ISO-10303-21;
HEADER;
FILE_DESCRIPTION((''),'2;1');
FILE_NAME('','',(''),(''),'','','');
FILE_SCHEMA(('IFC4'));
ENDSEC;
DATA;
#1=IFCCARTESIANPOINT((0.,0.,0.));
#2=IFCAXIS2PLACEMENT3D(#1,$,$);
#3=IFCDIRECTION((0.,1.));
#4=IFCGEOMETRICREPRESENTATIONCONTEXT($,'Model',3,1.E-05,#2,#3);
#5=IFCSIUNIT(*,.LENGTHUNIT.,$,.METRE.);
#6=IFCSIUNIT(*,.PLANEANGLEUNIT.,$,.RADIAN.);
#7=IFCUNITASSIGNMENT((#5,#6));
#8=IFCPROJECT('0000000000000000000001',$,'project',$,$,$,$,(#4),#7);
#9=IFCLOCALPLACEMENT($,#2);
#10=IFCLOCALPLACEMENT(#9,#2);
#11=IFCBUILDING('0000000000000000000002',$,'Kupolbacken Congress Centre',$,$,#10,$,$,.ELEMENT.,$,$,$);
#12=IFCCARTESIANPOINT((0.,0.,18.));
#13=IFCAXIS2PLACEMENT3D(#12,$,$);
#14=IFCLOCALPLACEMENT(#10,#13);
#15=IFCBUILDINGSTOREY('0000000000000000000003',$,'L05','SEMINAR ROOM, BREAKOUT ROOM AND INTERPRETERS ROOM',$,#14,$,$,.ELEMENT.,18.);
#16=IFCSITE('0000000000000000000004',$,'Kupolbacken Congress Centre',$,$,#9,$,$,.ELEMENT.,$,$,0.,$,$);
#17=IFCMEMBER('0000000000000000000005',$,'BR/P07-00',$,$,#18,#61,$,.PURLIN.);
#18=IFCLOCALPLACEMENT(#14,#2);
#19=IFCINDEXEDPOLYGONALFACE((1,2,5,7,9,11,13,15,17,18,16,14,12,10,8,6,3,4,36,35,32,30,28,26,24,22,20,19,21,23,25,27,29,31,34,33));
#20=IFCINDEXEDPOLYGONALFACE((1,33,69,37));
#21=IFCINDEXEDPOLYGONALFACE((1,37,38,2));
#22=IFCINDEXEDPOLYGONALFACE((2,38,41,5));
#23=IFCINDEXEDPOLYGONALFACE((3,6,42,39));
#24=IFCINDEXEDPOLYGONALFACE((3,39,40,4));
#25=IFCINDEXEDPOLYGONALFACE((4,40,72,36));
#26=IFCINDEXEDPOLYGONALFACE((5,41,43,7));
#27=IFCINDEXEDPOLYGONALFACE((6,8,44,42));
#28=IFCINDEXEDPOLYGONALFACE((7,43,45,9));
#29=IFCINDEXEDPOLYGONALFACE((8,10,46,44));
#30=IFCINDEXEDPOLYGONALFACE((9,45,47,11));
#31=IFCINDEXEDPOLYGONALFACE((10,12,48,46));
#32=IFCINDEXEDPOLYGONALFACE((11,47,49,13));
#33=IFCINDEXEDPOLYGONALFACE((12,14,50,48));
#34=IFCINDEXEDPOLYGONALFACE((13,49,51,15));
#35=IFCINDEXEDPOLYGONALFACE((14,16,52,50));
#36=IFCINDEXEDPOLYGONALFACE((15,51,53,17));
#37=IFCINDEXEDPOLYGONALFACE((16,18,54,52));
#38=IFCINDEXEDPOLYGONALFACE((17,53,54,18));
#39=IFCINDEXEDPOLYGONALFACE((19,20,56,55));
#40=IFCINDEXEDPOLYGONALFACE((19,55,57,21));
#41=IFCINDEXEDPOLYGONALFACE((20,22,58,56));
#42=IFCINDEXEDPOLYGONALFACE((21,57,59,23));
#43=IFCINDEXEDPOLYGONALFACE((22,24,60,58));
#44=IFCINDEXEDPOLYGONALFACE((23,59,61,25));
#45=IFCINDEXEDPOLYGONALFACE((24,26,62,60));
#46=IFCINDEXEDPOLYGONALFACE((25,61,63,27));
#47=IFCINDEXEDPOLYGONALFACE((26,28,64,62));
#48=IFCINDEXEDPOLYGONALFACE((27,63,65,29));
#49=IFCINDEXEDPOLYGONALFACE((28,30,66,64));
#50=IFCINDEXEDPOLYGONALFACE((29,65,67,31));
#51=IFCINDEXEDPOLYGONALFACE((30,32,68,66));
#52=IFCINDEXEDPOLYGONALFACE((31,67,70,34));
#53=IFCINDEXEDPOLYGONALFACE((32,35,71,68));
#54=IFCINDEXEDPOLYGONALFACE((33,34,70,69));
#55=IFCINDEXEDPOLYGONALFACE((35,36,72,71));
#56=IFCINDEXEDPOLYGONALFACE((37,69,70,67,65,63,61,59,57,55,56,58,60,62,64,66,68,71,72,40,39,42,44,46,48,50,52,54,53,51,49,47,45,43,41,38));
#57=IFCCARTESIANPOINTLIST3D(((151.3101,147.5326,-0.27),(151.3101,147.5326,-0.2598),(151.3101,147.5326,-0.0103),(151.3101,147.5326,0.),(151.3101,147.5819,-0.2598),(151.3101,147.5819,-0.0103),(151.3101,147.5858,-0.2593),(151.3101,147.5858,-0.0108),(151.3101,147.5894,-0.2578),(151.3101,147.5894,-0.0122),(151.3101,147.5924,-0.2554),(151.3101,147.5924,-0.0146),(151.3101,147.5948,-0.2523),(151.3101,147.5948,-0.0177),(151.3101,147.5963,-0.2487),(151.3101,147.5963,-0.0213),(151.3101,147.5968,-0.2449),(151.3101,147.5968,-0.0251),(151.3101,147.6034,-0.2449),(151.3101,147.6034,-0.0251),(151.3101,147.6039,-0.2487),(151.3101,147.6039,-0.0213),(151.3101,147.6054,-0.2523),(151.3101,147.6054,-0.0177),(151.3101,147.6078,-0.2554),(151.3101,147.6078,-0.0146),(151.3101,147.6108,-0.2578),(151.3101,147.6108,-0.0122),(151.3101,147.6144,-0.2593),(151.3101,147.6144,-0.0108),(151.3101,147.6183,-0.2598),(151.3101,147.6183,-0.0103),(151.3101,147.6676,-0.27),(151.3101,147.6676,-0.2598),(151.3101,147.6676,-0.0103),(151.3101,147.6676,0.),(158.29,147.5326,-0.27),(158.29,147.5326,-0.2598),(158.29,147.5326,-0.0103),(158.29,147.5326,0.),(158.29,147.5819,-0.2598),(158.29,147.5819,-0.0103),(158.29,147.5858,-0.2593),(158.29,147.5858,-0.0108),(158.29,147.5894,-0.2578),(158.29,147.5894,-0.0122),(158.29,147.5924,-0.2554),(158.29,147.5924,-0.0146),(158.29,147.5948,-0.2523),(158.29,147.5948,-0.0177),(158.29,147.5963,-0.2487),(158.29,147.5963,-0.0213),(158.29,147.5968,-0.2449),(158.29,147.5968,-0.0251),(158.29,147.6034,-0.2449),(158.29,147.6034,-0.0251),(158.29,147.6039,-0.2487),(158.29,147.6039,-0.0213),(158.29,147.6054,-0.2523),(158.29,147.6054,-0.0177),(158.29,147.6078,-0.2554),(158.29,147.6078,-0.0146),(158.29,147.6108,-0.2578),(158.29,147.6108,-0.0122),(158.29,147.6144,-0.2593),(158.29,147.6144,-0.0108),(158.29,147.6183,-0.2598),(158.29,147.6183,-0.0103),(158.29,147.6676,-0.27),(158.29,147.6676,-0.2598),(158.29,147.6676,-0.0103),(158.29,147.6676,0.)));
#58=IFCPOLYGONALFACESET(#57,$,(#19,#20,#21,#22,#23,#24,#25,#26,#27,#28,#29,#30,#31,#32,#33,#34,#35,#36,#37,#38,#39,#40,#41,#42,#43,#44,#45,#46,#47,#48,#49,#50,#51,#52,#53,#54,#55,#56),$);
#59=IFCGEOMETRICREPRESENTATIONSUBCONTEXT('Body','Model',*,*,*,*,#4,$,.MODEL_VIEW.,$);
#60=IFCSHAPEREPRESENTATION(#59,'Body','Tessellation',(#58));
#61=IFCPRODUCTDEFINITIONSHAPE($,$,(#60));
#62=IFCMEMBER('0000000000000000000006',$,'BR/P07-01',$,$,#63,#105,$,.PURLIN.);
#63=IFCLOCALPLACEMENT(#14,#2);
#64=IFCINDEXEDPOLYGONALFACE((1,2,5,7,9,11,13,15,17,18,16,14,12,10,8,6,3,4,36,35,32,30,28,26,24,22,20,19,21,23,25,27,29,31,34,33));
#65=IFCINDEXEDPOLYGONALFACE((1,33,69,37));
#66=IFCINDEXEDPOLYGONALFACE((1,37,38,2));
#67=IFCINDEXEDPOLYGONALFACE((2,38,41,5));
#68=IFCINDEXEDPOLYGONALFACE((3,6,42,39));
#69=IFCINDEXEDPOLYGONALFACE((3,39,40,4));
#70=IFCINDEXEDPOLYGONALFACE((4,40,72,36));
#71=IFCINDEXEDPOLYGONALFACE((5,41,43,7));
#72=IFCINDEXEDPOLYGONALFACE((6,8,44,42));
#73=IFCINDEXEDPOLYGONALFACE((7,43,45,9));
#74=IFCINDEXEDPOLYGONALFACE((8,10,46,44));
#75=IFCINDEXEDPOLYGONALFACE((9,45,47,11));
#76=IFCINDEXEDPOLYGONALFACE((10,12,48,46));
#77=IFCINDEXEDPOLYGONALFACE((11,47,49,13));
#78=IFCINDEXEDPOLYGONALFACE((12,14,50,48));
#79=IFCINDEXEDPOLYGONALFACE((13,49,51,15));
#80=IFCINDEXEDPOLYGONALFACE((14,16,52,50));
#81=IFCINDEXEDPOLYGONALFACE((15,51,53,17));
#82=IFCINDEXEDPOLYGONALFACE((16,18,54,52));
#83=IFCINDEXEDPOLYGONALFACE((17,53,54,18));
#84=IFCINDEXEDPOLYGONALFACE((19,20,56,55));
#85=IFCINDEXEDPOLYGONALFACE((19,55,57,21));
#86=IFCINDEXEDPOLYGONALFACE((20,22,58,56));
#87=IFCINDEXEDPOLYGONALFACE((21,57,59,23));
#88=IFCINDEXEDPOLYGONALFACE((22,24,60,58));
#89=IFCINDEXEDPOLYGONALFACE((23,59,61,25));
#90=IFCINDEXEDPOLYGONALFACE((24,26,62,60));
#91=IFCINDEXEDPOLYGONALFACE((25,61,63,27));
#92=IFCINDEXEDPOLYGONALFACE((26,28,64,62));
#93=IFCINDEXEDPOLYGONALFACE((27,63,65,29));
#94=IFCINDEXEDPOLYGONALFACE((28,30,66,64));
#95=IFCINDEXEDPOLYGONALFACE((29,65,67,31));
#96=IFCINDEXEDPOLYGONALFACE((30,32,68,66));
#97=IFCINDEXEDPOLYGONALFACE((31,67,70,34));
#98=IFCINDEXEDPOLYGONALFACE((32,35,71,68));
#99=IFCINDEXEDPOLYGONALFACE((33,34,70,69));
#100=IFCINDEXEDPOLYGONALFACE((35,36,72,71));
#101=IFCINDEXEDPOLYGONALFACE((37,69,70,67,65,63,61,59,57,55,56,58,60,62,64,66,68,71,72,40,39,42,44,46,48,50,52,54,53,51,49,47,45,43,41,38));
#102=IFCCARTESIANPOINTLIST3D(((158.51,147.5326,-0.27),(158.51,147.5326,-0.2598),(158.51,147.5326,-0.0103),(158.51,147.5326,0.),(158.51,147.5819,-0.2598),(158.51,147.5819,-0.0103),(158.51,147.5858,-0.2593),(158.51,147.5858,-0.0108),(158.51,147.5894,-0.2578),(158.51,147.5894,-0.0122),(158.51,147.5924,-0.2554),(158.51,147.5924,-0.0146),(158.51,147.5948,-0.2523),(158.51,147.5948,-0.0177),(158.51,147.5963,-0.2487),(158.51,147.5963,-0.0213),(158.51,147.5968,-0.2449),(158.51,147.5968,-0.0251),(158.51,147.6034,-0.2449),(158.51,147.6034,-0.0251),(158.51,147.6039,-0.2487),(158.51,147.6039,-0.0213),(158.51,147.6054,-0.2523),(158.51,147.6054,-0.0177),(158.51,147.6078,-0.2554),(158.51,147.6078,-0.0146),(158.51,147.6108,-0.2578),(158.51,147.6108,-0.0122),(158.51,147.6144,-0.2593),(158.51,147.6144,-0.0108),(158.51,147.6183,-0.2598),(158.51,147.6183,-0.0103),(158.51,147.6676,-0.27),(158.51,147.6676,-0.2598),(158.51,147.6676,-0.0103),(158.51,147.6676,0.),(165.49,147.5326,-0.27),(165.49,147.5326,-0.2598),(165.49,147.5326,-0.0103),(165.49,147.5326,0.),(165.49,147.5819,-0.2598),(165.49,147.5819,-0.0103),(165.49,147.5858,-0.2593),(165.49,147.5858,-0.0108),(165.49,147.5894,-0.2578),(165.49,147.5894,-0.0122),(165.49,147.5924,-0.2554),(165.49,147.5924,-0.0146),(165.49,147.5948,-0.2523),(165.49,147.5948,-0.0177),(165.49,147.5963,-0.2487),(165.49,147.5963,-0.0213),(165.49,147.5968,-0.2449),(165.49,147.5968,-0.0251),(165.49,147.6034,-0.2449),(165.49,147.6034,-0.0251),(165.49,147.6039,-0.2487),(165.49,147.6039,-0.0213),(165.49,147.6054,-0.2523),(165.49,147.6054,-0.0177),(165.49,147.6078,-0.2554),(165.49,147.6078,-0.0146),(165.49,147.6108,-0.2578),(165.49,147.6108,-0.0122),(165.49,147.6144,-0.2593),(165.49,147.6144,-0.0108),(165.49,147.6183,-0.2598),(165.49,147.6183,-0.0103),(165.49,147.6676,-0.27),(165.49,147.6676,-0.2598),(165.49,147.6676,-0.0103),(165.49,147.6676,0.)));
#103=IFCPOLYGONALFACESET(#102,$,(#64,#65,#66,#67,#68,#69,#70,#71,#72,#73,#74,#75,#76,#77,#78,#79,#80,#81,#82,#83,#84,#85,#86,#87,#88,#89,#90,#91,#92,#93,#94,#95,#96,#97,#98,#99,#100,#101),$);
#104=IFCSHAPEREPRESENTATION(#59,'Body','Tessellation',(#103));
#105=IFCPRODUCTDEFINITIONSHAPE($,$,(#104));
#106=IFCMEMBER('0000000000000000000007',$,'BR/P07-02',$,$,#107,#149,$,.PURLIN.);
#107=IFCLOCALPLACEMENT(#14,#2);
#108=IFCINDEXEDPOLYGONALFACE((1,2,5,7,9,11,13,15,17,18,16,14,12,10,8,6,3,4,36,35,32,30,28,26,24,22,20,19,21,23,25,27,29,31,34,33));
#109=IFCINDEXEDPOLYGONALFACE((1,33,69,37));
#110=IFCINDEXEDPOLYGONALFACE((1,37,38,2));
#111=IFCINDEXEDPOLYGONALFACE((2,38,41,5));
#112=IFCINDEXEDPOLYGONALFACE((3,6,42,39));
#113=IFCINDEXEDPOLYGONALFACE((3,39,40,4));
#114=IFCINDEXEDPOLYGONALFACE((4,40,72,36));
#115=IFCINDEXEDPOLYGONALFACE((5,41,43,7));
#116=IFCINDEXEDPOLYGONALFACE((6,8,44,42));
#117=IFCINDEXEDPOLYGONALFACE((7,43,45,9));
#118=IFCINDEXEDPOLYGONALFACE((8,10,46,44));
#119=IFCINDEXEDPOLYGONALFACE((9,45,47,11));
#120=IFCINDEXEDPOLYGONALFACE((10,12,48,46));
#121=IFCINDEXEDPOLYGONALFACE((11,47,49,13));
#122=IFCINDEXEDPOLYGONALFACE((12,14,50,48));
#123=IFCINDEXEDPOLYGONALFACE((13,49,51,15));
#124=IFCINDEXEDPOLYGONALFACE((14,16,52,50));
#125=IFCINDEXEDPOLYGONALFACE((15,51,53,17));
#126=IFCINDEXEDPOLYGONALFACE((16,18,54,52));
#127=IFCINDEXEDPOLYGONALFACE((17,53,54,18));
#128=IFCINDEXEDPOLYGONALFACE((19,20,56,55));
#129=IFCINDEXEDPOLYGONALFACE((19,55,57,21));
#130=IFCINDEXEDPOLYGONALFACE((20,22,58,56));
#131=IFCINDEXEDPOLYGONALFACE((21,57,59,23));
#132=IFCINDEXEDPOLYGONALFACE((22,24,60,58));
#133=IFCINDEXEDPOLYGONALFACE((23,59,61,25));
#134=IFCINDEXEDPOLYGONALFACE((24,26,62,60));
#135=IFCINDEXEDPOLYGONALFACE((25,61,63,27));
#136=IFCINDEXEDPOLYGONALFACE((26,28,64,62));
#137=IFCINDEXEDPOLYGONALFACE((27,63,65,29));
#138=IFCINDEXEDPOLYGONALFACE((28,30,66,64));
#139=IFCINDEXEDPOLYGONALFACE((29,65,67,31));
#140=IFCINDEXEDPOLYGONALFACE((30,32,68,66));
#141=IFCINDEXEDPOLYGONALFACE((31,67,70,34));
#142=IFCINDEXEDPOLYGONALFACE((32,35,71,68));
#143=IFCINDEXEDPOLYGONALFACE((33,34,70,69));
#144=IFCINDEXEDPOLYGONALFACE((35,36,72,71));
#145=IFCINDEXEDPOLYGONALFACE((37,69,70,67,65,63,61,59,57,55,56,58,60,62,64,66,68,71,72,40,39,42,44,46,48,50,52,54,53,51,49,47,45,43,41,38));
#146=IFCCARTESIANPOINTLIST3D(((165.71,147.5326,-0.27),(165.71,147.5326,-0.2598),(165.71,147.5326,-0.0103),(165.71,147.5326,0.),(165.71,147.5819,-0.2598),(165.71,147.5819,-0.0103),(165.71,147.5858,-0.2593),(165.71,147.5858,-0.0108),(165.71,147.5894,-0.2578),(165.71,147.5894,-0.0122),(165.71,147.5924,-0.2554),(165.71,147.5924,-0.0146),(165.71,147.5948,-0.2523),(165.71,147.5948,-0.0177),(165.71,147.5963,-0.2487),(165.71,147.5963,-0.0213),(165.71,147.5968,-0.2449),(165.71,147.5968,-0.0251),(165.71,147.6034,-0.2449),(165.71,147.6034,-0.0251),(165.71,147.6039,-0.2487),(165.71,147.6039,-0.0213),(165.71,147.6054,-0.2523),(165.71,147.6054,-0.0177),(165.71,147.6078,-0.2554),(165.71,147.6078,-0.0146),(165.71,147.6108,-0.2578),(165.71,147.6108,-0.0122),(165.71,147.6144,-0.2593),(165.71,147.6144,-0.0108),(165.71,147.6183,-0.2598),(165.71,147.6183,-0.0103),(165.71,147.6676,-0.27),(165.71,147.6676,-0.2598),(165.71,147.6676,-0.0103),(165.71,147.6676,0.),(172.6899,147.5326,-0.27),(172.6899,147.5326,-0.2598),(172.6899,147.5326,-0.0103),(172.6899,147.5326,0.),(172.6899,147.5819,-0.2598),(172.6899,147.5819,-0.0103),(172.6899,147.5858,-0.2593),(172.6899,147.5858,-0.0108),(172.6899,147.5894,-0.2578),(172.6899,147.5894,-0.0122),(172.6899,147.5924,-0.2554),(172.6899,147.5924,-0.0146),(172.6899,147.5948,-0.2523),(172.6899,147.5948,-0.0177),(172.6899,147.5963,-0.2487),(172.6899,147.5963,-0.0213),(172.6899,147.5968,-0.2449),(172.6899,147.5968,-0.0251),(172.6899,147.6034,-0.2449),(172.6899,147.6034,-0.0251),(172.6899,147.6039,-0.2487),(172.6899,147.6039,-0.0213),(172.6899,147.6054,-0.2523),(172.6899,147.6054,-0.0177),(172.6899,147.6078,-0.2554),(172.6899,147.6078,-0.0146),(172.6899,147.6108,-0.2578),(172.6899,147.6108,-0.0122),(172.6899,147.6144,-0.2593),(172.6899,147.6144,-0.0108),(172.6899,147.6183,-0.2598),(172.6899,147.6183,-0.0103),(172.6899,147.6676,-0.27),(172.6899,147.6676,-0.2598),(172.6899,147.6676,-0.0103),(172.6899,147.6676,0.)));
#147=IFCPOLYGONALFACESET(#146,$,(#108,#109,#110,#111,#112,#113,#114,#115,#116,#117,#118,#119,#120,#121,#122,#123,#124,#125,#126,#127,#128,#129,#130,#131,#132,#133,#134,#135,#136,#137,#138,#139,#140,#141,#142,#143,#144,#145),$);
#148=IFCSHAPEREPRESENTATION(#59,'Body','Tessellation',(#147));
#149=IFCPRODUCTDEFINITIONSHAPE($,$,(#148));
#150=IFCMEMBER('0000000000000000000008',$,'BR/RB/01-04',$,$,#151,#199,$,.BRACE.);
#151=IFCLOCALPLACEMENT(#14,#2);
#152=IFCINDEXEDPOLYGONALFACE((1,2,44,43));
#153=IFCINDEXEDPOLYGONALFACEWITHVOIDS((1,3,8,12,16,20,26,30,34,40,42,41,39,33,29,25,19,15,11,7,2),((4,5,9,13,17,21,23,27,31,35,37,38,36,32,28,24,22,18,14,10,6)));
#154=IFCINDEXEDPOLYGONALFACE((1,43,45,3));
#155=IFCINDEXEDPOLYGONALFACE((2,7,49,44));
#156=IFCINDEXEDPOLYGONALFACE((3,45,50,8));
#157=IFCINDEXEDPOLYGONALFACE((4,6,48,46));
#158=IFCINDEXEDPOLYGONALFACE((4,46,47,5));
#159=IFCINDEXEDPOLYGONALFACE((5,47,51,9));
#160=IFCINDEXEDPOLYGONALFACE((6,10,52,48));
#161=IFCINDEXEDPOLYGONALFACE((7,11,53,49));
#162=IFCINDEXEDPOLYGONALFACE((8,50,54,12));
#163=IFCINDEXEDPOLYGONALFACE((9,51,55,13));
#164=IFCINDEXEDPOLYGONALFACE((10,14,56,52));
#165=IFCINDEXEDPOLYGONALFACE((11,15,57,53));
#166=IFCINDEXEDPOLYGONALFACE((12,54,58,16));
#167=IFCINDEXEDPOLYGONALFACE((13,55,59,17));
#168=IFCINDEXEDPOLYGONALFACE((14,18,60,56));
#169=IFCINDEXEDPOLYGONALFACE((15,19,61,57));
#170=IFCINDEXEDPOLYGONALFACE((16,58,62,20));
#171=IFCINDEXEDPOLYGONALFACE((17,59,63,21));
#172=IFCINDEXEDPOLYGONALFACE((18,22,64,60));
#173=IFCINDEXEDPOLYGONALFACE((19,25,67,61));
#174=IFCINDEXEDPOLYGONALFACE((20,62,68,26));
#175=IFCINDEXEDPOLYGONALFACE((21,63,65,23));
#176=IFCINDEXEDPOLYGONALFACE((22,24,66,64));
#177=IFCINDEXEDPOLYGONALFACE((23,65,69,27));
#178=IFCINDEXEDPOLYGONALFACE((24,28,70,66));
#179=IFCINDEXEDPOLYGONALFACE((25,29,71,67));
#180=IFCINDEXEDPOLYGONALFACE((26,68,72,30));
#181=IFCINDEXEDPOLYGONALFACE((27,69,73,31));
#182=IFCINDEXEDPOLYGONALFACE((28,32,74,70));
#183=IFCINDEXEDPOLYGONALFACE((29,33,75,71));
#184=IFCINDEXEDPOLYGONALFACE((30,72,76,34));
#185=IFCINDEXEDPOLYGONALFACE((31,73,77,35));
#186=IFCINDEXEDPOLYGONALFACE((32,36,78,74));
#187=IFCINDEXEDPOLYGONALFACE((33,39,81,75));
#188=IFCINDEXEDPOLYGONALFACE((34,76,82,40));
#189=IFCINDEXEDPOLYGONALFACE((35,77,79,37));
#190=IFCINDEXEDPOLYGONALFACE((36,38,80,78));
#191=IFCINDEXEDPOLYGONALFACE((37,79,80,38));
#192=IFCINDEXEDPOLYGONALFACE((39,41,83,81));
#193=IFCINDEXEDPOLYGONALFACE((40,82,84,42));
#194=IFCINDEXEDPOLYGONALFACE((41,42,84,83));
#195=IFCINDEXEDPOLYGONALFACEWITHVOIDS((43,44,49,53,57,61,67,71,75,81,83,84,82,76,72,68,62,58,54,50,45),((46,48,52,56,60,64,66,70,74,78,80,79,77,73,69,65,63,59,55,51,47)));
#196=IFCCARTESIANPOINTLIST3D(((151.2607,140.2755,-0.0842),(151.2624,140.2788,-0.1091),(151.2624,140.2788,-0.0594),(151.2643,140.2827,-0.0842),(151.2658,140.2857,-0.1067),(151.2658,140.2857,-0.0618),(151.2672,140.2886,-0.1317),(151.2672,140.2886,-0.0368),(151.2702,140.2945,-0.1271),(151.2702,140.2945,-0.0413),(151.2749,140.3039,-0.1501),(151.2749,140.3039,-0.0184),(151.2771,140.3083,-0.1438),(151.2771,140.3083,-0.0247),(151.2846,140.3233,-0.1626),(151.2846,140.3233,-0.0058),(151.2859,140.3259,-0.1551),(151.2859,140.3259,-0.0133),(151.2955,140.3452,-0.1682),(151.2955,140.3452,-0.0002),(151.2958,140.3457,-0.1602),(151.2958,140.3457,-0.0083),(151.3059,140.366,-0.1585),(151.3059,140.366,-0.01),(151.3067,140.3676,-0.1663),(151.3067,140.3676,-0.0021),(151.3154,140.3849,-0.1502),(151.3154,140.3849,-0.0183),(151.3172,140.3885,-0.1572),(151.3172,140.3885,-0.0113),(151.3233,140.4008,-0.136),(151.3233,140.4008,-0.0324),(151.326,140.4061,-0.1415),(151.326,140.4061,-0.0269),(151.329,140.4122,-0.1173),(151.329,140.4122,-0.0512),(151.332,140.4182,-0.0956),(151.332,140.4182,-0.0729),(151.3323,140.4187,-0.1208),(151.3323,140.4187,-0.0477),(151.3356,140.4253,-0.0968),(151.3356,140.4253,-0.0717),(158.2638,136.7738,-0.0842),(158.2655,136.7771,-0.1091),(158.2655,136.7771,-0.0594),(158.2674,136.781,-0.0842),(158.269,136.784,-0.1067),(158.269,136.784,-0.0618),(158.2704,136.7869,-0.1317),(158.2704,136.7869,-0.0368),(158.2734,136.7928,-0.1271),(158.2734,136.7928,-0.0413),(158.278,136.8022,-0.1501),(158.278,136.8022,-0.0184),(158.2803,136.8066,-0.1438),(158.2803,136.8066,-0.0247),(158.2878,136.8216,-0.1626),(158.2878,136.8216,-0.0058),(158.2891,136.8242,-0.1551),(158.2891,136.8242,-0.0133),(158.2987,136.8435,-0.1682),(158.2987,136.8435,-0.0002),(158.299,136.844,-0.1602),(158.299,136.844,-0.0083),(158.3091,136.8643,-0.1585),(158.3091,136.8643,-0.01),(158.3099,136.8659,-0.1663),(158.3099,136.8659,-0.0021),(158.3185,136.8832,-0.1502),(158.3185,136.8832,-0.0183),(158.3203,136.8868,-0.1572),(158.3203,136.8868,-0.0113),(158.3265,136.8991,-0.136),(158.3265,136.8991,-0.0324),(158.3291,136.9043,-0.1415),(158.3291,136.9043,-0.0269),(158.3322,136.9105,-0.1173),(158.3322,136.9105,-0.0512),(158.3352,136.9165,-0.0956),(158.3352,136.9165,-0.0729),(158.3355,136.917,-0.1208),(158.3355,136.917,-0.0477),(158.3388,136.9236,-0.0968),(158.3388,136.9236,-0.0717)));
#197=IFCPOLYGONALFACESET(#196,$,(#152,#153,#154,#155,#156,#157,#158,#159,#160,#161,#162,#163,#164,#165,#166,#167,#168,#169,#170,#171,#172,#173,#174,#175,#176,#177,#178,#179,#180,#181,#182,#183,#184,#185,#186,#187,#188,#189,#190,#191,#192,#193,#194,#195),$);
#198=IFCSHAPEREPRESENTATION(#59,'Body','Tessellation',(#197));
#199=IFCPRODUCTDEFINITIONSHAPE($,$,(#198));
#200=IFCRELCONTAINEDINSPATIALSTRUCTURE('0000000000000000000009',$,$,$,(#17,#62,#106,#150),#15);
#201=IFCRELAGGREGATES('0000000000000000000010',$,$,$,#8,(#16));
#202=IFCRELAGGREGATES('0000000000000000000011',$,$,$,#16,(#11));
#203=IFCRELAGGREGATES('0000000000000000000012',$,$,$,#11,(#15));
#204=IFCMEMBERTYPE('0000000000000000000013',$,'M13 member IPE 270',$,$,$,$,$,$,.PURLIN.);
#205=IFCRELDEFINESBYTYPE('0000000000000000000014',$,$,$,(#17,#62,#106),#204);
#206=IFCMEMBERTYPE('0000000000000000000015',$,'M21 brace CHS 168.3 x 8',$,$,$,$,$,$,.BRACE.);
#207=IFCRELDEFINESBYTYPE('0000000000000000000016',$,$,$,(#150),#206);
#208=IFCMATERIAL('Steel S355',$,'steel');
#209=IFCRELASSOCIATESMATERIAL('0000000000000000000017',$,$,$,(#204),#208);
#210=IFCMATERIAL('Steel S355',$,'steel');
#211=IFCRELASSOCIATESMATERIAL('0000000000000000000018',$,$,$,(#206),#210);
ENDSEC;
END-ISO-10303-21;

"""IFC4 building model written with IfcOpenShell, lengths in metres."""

from ifc_helpers import new_model, si_unit, direction, frame, origin, origin_2d, place, context, subcontext, project, spatial, hollow_circle, i_section, extrude, material, material_profile, profile_set, type_object, element, save


model = new_model("IFC4")

# Units and contexts
model_context = context("Model", 3, precision=1e-05, world=origin(), true_north=direction((0.0, 1.0)))
body_context = subcontext(model_context, "Body", "Model", "MODEL_VIEW")
ifc_project = project(units=[si_unit("LENGTHUNIT", "METRE"), si_unit("PLANEANGLEUNIT", "RADIAN")], contexts=[model_context])

# Site, building, storey
site_placement = place(None, origin())
site = spatial("IfcSite", under=ifc_project, at=site_placement, Name="Kupolbacken Congress Centre", CompositionType="ELEMENT", RefElevation=0.0)
building_placement = place(site_placement, origin())
building = spatial("IfcBuilding", under=site, at=building_placement, Name="Kupolbacken Congress Centre", CompositionType="ELEMENT")
storey_placement = place(building_placement, frame((0.0, 0.0, 18.0)))
storey = spatial("IfcBuildingStorey", under=building, at=storey_placement, Name="L05", Description="SEMINAR ROOM, BREAKOUT ROOM AND INTERPRETERS ROOM", CompositionType="ELEMENT", Elevation=18.0)

# Members
ifc_material_1 = material(Name="Steel S355", Category="steel")
ifc_material_profile_1 = material_profile(ifc_material_1, i_section(OverallWidth=0.135, OverallDepth=0.27, WebThickness=0.0066, FlangeThickness=0.0103, FilletRadius=0.0149, at=origin_2d()), Name="IPE 270")
ifc_profile_set_1 = profile_set([ifc_material_profile_1], Name="Steel S355")
member_type_1 = type_object("IfcMemberType", Name="M13 member IPE 270", PredefinedType="PURLIN", material=ifc_profile_set_1)
for number, where, z_axis, x_axis, name in (
    (1, (151.3101, 147.6001, -0.135), (1.0, 0.0, 0.0), (0.0, 1.0, 0.0), "BR/P07-00"),
    (2, (158.51, 147.6001, -0.135), (1.0, 0.0, 0.0), (0.0, 1.0, 0.0), "BR/P07-01"),
    (3, (165.71, 147.6001, -0.135), (1.0, 0.0, 0.0), (0.0, 1.0, 0.0), "BR/P07-02"),
):
    element("IfcMember", number, at=place(storey_placement, frame(where, z_axis=z_axis, x_axis=x_axis)), inside=storey, type_object=member_type_1, Name=name, PredefinedType="PURLIN", context=body_context, shape_type="SweptSolid", body=[
        extrude(i_section(OverallWidth=0.135, OverallDepth=0.27, WebThickness=0.0066, FlangeThickness=0.0103, FilletRadius=0.0149, at=origin_2d()), origin(), (0.0, 0.0, 1.0), 6.98),
    ])
ifc_material_2 = material(Name="Steel S355", Category="steel")
ifc_material_profile_2 = material_profile(ifc_material_2, hollow_circle(Radius=0.0842, WallThickness=0.0081, at=origin_2d()), Name="CHS 168.3 x 8")
ifc_profile_set_2 = profile_set([ifc_material_profile_2], Name="Steel S355")
member_type_2 = type_object("IfcMemberType", Name="M21 brace CHS 168.3 x 8", PredefinedType="BRACE", material=ifc_profile_set_2)
for number, where, z_axis, x_axis, name in (
    (4, (158.3015, 136.8491, -0.0842), (-0.894421, 0.447226, 0.0), (-0.447226, -0.894421, 0.0), "BR/RB/01-04"),
):
    element("IfcMember", number, at=place(storey_placement, frame(where, z_axis=z_axis, x_axis=x_axis)), inside=storey, type_object=member_type_2, Name=name, PredefinedType="BRACE", context=body_context, shape_type="SweptSolid", body=[
        extrude(hollow_circle(Radius=0.0842, WallThickness=0.0081, at=origin_2d()), origin(), (0.0, 0.0, 1.0), 7.8298),
    ])

save(model, "model.ifc")
